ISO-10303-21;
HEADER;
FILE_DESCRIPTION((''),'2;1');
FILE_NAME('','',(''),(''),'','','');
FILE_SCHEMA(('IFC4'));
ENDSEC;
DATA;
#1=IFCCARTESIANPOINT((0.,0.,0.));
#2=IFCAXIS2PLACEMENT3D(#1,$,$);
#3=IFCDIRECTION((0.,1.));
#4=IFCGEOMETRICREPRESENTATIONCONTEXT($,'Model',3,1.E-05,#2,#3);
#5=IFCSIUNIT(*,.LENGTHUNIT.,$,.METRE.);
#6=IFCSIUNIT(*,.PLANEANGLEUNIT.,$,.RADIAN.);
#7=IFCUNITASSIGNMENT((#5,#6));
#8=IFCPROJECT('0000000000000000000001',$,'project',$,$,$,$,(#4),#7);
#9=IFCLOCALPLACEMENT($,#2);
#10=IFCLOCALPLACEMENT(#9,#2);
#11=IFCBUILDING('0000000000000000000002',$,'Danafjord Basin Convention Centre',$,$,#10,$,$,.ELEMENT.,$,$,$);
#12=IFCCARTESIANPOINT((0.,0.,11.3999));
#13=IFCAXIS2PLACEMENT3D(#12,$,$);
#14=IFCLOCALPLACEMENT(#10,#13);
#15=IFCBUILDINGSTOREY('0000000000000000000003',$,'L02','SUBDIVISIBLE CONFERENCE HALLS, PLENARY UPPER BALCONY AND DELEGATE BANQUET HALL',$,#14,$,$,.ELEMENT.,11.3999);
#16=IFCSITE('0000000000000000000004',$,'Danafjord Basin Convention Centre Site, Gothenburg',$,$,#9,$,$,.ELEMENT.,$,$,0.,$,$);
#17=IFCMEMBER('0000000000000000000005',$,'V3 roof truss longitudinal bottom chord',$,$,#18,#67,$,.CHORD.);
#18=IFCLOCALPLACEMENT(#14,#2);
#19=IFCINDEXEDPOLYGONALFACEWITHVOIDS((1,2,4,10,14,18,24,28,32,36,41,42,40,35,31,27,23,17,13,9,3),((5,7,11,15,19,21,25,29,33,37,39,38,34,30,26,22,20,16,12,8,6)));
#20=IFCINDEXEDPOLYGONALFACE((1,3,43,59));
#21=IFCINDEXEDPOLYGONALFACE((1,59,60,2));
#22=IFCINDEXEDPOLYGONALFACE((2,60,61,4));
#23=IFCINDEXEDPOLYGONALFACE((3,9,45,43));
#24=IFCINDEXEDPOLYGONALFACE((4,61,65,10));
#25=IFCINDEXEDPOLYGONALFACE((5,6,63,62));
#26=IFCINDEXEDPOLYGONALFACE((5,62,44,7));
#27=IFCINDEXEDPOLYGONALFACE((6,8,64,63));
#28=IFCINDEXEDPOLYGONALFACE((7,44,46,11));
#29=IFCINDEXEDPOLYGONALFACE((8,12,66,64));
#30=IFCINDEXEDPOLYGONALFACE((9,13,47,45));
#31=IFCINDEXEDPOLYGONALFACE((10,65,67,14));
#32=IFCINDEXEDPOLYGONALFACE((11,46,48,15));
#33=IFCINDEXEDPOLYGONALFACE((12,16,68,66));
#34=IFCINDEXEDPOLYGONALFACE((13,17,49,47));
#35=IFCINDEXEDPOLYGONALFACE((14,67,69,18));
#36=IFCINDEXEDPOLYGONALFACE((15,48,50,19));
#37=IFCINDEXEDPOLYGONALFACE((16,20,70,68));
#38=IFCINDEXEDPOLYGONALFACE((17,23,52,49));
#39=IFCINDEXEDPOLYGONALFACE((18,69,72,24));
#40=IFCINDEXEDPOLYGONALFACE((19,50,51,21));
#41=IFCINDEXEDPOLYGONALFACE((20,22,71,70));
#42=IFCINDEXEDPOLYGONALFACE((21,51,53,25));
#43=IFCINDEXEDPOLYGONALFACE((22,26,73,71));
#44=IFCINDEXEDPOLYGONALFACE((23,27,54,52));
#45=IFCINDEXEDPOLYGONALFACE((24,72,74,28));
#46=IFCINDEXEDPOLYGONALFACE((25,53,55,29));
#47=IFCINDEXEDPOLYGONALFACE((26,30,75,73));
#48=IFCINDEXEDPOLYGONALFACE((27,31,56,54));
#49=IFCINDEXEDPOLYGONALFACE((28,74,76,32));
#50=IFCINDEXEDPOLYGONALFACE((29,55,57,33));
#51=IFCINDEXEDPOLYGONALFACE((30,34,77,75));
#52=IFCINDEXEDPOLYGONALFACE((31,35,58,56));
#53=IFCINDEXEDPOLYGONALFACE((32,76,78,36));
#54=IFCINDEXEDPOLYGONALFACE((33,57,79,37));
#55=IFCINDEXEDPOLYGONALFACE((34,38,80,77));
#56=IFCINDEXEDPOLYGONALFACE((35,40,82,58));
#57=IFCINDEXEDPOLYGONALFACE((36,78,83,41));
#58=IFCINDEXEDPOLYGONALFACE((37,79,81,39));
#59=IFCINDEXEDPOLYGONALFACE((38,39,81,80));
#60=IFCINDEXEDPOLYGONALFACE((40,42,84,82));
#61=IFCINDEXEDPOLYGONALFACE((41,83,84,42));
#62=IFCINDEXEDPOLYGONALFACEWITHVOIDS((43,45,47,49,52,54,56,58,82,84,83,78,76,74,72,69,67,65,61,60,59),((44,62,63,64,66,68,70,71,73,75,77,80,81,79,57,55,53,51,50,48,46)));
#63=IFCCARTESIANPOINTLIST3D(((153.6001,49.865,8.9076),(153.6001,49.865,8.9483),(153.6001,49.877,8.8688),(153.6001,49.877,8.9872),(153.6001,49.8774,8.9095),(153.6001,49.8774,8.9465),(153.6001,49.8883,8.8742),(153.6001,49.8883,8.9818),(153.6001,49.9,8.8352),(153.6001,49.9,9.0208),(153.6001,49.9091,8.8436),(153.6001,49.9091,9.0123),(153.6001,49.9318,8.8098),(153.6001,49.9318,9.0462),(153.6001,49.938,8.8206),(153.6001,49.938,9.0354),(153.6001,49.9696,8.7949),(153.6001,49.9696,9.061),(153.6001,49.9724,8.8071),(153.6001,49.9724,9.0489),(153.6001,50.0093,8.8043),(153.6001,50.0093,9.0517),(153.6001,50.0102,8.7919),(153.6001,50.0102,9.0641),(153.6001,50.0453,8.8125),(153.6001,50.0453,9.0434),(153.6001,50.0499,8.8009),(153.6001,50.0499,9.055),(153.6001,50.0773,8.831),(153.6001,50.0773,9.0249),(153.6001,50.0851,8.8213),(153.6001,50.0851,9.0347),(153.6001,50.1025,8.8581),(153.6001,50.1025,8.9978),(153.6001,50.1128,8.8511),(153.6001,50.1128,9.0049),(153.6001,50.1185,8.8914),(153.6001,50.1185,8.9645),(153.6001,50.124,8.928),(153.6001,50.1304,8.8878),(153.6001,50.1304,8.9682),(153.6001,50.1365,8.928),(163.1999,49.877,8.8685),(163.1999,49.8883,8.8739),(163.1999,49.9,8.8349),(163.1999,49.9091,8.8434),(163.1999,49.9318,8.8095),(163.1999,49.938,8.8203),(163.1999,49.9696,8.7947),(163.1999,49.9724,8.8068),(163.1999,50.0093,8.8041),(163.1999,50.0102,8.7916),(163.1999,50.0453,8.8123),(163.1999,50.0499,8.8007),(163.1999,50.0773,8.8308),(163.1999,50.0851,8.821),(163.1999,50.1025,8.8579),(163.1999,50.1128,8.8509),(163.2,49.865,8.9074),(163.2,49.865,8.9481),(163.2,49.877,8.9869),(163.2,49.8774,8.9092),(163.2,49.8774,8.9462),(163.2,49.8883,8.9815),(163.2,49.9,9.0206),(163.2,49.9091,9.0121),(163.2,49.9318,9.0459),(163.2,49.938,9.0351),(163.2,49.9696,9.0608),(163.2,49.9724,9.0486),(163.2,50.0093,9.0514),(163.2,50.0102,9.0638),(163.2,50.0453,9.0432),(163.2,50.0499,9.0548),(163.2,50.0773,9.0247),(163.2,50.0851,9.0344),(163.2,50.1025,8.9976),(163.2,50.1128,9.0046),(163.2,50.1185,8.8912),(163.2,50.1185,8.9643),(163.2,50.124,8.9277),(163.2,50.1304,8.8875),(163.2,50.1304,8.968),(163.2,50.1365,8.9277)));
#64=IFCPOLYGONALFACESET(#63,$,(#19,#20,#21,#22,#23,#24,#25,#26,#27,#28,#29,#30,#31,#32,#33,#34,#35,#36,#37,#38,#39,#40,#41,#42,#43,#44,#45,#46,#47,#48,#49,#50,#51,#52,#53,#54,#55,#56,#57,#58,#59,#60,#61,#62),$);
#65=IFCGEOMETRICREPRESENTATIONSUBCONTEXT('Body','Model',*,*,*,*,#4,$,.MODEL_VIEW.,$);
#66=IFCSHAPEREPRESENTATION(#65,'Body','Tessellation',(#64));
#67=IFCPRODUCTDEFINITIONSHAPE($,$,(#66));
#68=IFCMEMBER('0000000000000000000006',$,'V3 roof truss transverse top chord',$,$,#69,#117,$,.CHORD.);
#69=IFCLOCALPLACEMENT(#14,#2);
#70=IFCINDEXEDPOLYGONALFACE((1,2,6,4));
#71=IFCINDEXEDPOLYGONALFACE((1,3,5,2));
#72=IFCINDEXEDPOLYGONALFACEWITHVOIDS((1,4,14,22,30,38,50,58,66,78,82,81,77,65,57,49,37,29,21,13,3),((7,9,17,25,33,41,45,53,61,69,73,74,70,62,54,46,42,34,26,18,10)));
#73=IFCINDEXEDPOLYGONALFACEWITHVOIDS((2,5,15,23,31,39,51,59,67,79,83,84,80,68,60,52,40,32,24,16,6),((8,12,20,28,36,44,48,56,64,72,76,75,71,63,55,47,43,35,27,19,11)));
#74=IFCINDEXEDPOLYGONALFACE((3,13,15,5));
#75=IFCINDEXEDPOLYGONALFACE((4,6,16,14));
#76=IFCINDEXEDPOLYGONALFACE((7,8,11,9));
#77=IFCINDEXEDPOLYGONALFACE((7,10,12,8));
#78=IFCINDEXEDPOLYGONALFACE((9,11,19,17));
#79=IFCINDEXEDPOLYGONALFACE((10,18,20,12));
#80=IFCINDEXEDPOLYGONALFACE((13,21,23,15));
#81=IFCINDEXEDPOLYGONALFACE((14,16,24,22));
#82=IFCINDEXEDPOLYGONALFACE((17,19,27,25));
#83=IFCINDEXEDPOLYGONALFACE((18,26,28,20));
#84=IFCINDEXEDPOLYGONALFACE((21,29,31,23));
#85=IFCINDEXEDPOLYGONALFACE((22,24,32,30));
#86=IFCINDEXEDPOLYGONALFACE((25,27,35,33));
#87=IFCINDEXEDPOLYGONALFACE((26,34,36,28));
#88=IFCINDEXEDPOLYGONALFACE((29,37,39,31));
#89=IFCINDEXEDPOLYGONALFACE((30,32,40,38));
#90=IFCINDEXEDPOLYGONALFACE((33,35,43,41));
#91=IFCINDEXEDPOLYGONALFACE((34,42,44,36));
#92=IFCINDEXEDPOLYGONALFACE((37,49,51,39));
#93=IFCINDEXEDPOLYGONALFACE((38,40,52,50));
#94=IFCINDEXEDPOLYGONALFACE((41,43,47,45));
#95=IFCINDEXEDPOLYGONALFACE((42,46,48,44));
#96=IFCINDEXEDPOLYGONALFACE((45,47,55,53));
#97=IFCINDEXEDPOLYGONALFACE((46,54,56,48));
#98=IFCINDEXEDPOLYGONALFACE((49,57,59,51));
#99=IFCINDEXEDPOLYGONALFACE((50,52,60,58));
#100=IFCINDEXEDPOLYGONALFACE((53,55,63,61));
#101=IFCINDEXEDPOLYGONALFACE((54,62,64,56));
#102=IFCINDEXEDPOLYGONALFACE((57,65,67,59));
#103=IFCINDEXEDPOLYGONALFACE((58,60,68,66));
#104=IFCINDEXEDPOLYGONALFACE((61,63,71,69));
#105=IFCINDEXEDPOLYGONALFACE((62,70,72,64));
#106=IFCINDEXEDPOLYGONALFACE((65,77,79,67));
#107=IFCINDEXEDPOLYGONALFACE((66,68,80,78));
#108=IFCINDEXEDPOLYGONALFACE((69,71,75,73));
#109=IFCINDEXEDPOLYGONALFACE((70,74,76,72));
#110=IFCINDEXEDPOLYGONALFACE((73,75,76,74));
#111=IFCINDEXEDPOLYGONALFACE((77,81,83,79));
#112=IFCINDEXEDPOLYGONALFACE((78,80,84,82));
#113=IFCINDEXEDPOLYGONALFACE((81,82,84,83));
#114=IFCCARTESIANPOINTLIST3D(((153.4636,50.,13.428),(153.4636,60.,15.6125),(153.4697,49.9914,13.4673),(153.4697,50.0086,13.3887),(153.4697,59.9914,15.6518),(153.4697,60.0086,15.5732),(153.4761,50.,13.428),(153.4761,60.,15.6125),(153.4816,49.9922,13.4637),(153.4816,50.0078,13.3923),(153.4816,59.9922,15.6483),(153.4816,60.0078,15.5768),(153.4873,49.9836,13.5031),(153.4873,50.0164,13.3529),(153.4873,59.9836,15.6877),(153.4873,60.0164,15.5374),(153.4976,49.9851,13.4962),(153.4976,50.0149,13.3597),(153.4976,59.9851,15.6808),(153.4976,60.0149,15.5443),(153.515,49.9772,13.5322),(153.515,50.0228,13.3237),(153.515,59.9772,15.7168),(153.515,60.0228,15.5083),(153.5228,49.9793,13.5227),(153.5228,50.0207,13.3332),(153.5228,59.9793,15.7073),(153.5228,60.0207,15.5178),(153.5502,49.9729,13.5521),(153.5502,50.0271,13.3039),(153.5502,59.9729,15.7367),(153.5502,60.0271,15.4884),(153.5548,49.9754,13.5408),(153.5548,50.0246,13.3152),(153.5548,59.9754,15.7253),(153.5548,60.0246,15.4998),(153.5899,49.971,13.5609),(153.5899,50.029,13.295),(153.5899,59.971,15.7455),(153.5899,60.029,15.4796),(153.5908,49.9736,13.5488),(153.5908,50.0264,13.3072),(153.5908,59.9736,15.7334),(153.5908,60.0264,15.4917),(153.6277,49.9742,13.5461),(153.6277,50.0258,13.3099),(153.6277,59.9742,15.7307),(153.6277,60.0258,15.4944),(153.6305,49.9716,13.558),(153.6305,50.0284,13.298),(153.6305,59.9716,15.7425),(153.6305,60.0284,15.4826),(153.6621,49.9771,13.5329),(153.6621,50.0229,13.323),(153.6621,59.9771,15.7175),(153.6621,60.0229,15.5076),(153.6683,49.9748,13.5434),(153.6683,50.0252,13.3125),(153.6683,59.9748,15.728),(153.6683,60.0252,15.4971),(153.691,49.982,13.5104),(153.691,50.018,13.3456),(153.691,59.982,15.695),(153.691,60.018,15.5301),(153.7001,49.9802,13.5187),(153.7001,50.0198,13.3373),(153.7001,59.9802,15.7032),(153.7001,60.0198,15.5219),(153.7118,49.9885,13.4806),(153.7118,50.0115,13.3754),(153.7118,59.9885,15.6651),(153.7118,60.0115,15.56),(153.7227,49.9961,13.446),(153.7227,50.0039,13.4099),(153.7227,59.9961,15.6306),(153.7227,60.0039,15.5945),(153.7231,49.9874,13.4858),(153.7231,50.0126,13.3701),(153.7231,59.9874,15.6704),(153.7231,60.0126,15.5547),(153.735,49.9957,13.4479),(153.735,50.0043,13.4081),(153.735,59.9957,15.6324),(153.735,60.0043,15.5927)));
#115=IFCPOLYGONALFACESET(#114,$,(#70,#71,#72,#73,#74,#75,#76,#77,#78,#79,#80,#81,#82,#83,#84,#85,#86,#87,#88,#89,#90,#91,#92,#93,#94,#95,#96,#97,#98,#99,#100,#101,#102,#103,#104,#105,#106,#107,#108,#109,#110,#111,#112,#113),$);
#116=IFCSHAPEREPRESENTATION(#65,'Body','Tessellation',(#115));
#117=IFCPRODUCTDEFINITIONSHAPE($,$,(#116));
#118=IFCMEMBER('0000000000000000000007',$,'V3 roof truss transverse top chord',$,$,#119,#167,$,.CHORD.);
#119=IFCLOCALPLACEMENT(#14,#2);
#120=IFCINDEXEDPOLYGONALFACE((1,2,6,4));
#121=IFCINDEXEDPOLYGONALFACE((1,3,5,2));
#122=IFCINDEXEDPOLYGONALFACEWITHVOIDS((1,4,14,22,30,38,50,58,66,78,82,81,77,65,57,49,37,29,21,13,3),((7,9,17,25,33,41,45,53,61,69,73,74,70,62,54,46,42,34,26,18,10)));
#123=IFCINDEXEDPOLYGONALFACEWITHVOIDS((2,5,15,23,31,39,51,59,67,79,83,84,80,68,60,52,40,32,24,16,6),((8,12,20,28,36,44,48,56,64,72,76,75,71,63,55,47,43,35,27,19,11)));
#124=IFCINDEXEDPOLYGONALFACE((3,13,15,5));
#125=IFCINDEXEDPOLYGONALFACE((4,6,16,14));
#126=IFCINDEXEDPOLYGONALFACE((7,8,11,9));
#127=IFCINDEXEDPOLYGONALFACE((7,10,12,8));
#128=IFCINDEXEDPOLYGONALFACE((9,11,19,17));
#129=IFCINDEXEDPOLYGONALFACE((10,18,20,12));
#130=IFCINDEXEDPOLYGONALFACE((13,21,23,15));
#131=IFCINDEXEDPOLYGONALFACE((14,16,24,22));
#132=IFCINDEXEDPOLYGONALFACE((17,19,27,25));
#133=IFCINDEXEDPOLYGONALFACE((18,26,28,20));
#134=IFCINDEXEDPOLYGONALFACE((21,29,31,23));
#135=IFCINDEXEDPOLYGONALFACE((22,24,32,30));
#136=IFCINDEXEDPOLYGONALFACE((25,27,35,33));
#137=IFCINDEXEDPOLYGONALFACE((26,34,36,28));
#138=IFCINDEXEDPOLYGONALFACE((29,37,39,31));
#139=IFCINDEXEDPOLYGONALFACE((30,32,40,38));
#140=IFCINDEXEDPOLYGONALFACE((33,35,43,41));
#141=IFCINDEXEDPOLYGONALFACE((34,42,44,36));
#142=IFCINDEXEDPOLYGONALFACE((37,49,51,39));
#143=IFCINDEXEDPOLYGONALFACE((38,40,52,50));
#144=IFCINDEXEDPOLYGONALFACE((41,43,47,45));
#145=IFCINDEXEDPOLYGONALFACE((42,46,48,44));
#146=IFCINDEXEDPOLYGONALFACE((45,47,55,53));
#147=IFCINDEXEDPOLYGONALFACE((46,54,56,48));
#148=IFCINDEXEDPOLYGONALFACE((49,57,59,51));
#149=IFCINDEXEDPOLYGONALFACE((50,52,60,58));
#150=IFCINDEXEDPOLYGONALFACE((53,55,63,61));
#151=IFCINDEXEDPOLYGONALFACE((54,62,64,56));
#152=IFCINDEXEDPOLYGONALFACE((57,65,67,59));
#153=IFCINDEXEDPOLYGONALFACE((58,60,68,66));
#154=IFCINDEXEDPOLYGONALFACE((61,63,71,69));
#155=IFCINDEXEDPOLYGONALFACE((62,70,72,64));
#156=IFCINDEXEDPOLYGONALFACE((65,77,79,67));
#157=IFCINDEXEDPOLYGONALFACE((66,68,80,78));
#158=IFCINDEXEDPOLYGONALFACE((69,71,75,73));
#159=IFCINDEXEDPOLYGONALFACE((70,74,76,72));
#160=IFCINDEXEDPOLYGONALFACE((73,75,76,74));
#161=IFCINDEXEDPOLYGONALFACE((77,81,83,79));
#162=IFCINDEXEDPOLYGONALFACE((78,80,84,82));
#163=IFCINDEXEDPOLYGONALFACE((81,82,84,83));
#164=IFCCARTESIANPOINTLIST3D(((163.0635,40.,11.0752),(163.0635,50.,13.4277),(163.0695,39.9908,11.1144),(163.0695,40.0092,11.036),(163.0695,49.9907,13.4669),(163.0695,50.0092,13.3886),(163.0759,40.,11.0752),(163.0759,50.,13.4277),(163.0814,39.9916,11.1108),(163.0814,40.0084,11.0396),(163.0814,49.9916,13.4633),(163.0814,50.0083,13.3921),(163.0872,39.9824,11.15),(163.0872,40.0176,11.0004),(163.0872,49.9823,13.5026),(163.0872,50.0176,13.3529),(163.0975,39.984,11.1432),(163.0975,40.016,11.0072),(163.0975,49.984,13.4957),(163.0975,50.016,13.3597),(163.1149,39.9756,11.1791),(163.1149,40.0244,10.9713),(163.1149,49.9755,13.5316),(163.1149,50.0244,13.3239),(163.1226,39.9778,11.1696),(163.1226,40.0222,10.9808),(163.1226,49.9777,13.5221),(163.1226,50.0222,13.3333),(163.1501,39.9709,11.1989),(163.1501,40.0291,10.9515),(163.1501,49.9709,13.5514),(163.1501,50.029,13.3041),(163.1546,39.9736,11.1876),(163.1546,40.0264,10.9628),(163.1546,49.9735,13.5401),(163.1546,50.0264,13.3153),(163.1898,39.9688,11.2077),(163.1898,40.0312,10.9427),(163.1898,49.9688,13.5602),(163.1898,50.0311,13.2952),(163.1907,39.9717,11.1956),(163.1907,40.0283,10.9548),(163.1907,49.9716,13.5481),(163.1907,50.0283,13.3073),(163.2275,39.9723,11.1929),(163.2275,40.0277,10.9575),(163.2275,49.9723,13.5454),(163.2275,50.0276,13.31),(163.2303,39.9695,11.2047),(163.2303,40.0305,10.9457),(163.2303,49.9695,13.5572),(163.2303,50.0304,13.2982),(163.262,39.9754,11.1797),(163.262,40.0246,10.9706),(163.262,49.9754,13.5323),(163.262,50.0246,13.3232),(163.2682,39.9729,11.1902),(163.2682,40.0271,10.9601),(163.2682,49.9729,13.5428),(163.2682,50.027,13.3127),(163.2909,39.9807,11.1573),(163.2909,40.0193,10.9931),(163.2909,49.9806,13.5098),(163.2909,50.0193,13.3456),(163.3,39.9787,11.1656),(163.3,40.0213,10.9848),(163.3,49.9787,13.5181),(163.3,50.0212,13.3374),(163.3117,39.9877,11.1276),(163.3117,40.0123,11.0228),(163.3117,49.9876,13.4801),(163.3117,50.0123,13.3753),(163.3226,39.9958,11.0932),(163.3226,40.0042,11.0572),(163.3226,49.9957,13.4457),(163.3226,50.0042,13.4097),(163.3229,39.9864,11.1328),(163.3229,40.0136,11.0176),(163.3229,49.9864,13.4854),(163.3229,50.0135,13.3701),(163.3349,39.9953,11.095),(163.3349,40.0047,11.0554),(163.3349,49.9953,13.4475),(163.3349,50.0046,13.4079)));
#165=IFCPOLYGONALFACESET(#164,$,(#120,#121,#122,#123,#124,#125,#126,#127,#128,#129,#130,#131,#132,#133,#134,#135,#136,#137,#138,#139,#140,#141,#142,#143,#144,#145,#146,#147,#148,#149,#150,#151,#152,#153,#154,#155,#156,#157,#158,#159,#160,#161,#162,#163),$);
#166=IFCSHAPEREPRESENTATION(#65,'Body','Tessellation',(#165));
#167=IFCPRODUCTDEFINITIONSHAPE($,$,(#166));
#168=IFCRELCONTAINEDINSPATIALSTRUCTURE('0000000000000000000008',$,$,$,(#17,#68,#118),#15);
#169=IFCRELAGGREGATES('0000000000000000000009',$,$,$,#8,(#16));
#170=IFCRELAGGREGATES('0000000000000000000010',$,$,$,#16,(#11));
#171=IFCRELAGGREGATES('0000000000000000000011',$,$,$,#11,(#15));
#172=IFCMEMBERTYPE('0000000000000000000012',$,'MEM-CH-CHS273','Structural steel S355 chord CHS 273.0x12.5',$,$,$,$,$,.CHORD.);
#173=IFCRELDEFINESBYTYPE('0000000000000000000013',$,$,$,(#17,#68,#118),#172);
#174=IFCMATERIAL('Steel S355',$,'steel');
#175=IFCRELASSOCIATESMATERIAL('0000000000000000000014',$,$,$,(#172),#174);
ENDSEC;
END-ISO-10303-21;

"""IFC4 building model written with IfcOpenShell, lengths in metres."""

from ifc_helpers import new_model, si_unit, direction, frame, origin, origin_2d, place, context, subcontext, project, spatial, hollow_circle, extrude, material, material_profile, profile_set, type_object, element, save


model = new_model("IFC4")

# Units and contexts
model_context = context("Model", 3, precision=1e-05, world=origin(), true_north=direction((0.0, 1.0)))
body_context = subcontext(model_context, "Body", "Model", "MODEL_VIEW")
ifc_project = project(units=[si_unit("LENGTHUNIT", "METRE"), si_unit("PLANEANGLEUNIT", "RADIAN")], contexts=[model_context])

# Site, building, storey
site_placement = place(None, origin())
site = spatial("IfcSite", under=ifc_project, at=site_placement, Name="Danafjord Basin Convention Centre Site, Gothenburg", CompositionType="ELEMENT", RefElevation=0.0)
building_placement = place(site_placement, origin())
building = spatial("IfcBuilding", under=site, at=building_placement, Name="Danafjord Basin Convention Centre", CompositionType="ELEMENT")
storey_placement = place(building_placement, frame((0.0, 0.0, 11.3999)))
storey = spatial("IfcBuildingStorey", under=building, at=storey_placement, Name="L02", Description="SUBDIVISIBLE CONFERENCE HALLS, PLENARY UPPER BALCONY AND DELEGATE BANQUET HALL", CompositionType="ELEMENT", Elevation=11.3999)

# Members
ifc_material = material(Name="Steel S355", Category="steel")
ifc_material_profile_1 = material_profile(ifc_material, hollow_circle(Radius=0.1365, WallThickness=0.0125, at=origin_2d()), Name="CHS 273.0x12.5")
ifc_profile_set_1 = profile_set([ifc_material_profile_1], Name="Steel S355")
member_type_1 = type_object("IfcMemberType", Name="MEM-CH-CHS273", Description="Structural steel S355 chord CHS 273.0x12.5", PredefinedType="CHORD", material=ifc_profile_set_1)
member_1_placement = place(storey_placement, frame((153.6001, 50.0, 8.928), z_axis=(1.0, 0.0, -0.000025), x_axis=(0.0, 1.0, 0.0)))
element("IfcMember", 1, at=member_1_placement, inside=storey, type_object=member_type_1, Name="V3 roof truss longitudinal bottom chord", PredefinedType="CHORD", context=body_context, shape_type="SweptSolid", body=[
    extrude(hollow_circle(Radius=0.1365, WallThickness=0.0125, at=origin_2d()), origin(), (0.0, 0.0, 1.0), 9.5999),
])
member_2_placement = place(storey_placement, frame((153.6001, 50.0, 13.428), z_axis=(0.0, 0.97696, 0.213424), x_axis=(-1.0, 0.0, 0.0)))
element("IfcMember", 2, at=member_2_placement, inside=storey, type_object=member_type_1, Name="V3 roof truss transverse top chord", PredefinedType="CHORD", context=body_context, shape_type="SweptSolid", body=[
    extrude(hollow_circle(Radius=0.1365, WallThickness=0.0125, at=origin_2d()), origin(), (0.0, 0.0, 1.0), 10.2358),
])
member_3_placement = place(storey_placement, frame((163.2, 40.0, 11.0752), z_axis=(0.0, 0.973426, 0.229002), x_axis=(-1.0, 0.0, 0.0)))
element("IfcMember", 3, at=member_3_placement, inside=storey, type_object=member_type_1, Name="V3 roof truss transverse top chord", PredefinedType="CHORD", context=body_context, shape_type="SweptSolid", body=[
    extrude(hollow_circle(Radius=0.1365, WallThickness=0.0125, at=origin_2d()), origin(), (0.0, 0.0, 1.0), 10.2729),
])

save(model, "model.ifc")
